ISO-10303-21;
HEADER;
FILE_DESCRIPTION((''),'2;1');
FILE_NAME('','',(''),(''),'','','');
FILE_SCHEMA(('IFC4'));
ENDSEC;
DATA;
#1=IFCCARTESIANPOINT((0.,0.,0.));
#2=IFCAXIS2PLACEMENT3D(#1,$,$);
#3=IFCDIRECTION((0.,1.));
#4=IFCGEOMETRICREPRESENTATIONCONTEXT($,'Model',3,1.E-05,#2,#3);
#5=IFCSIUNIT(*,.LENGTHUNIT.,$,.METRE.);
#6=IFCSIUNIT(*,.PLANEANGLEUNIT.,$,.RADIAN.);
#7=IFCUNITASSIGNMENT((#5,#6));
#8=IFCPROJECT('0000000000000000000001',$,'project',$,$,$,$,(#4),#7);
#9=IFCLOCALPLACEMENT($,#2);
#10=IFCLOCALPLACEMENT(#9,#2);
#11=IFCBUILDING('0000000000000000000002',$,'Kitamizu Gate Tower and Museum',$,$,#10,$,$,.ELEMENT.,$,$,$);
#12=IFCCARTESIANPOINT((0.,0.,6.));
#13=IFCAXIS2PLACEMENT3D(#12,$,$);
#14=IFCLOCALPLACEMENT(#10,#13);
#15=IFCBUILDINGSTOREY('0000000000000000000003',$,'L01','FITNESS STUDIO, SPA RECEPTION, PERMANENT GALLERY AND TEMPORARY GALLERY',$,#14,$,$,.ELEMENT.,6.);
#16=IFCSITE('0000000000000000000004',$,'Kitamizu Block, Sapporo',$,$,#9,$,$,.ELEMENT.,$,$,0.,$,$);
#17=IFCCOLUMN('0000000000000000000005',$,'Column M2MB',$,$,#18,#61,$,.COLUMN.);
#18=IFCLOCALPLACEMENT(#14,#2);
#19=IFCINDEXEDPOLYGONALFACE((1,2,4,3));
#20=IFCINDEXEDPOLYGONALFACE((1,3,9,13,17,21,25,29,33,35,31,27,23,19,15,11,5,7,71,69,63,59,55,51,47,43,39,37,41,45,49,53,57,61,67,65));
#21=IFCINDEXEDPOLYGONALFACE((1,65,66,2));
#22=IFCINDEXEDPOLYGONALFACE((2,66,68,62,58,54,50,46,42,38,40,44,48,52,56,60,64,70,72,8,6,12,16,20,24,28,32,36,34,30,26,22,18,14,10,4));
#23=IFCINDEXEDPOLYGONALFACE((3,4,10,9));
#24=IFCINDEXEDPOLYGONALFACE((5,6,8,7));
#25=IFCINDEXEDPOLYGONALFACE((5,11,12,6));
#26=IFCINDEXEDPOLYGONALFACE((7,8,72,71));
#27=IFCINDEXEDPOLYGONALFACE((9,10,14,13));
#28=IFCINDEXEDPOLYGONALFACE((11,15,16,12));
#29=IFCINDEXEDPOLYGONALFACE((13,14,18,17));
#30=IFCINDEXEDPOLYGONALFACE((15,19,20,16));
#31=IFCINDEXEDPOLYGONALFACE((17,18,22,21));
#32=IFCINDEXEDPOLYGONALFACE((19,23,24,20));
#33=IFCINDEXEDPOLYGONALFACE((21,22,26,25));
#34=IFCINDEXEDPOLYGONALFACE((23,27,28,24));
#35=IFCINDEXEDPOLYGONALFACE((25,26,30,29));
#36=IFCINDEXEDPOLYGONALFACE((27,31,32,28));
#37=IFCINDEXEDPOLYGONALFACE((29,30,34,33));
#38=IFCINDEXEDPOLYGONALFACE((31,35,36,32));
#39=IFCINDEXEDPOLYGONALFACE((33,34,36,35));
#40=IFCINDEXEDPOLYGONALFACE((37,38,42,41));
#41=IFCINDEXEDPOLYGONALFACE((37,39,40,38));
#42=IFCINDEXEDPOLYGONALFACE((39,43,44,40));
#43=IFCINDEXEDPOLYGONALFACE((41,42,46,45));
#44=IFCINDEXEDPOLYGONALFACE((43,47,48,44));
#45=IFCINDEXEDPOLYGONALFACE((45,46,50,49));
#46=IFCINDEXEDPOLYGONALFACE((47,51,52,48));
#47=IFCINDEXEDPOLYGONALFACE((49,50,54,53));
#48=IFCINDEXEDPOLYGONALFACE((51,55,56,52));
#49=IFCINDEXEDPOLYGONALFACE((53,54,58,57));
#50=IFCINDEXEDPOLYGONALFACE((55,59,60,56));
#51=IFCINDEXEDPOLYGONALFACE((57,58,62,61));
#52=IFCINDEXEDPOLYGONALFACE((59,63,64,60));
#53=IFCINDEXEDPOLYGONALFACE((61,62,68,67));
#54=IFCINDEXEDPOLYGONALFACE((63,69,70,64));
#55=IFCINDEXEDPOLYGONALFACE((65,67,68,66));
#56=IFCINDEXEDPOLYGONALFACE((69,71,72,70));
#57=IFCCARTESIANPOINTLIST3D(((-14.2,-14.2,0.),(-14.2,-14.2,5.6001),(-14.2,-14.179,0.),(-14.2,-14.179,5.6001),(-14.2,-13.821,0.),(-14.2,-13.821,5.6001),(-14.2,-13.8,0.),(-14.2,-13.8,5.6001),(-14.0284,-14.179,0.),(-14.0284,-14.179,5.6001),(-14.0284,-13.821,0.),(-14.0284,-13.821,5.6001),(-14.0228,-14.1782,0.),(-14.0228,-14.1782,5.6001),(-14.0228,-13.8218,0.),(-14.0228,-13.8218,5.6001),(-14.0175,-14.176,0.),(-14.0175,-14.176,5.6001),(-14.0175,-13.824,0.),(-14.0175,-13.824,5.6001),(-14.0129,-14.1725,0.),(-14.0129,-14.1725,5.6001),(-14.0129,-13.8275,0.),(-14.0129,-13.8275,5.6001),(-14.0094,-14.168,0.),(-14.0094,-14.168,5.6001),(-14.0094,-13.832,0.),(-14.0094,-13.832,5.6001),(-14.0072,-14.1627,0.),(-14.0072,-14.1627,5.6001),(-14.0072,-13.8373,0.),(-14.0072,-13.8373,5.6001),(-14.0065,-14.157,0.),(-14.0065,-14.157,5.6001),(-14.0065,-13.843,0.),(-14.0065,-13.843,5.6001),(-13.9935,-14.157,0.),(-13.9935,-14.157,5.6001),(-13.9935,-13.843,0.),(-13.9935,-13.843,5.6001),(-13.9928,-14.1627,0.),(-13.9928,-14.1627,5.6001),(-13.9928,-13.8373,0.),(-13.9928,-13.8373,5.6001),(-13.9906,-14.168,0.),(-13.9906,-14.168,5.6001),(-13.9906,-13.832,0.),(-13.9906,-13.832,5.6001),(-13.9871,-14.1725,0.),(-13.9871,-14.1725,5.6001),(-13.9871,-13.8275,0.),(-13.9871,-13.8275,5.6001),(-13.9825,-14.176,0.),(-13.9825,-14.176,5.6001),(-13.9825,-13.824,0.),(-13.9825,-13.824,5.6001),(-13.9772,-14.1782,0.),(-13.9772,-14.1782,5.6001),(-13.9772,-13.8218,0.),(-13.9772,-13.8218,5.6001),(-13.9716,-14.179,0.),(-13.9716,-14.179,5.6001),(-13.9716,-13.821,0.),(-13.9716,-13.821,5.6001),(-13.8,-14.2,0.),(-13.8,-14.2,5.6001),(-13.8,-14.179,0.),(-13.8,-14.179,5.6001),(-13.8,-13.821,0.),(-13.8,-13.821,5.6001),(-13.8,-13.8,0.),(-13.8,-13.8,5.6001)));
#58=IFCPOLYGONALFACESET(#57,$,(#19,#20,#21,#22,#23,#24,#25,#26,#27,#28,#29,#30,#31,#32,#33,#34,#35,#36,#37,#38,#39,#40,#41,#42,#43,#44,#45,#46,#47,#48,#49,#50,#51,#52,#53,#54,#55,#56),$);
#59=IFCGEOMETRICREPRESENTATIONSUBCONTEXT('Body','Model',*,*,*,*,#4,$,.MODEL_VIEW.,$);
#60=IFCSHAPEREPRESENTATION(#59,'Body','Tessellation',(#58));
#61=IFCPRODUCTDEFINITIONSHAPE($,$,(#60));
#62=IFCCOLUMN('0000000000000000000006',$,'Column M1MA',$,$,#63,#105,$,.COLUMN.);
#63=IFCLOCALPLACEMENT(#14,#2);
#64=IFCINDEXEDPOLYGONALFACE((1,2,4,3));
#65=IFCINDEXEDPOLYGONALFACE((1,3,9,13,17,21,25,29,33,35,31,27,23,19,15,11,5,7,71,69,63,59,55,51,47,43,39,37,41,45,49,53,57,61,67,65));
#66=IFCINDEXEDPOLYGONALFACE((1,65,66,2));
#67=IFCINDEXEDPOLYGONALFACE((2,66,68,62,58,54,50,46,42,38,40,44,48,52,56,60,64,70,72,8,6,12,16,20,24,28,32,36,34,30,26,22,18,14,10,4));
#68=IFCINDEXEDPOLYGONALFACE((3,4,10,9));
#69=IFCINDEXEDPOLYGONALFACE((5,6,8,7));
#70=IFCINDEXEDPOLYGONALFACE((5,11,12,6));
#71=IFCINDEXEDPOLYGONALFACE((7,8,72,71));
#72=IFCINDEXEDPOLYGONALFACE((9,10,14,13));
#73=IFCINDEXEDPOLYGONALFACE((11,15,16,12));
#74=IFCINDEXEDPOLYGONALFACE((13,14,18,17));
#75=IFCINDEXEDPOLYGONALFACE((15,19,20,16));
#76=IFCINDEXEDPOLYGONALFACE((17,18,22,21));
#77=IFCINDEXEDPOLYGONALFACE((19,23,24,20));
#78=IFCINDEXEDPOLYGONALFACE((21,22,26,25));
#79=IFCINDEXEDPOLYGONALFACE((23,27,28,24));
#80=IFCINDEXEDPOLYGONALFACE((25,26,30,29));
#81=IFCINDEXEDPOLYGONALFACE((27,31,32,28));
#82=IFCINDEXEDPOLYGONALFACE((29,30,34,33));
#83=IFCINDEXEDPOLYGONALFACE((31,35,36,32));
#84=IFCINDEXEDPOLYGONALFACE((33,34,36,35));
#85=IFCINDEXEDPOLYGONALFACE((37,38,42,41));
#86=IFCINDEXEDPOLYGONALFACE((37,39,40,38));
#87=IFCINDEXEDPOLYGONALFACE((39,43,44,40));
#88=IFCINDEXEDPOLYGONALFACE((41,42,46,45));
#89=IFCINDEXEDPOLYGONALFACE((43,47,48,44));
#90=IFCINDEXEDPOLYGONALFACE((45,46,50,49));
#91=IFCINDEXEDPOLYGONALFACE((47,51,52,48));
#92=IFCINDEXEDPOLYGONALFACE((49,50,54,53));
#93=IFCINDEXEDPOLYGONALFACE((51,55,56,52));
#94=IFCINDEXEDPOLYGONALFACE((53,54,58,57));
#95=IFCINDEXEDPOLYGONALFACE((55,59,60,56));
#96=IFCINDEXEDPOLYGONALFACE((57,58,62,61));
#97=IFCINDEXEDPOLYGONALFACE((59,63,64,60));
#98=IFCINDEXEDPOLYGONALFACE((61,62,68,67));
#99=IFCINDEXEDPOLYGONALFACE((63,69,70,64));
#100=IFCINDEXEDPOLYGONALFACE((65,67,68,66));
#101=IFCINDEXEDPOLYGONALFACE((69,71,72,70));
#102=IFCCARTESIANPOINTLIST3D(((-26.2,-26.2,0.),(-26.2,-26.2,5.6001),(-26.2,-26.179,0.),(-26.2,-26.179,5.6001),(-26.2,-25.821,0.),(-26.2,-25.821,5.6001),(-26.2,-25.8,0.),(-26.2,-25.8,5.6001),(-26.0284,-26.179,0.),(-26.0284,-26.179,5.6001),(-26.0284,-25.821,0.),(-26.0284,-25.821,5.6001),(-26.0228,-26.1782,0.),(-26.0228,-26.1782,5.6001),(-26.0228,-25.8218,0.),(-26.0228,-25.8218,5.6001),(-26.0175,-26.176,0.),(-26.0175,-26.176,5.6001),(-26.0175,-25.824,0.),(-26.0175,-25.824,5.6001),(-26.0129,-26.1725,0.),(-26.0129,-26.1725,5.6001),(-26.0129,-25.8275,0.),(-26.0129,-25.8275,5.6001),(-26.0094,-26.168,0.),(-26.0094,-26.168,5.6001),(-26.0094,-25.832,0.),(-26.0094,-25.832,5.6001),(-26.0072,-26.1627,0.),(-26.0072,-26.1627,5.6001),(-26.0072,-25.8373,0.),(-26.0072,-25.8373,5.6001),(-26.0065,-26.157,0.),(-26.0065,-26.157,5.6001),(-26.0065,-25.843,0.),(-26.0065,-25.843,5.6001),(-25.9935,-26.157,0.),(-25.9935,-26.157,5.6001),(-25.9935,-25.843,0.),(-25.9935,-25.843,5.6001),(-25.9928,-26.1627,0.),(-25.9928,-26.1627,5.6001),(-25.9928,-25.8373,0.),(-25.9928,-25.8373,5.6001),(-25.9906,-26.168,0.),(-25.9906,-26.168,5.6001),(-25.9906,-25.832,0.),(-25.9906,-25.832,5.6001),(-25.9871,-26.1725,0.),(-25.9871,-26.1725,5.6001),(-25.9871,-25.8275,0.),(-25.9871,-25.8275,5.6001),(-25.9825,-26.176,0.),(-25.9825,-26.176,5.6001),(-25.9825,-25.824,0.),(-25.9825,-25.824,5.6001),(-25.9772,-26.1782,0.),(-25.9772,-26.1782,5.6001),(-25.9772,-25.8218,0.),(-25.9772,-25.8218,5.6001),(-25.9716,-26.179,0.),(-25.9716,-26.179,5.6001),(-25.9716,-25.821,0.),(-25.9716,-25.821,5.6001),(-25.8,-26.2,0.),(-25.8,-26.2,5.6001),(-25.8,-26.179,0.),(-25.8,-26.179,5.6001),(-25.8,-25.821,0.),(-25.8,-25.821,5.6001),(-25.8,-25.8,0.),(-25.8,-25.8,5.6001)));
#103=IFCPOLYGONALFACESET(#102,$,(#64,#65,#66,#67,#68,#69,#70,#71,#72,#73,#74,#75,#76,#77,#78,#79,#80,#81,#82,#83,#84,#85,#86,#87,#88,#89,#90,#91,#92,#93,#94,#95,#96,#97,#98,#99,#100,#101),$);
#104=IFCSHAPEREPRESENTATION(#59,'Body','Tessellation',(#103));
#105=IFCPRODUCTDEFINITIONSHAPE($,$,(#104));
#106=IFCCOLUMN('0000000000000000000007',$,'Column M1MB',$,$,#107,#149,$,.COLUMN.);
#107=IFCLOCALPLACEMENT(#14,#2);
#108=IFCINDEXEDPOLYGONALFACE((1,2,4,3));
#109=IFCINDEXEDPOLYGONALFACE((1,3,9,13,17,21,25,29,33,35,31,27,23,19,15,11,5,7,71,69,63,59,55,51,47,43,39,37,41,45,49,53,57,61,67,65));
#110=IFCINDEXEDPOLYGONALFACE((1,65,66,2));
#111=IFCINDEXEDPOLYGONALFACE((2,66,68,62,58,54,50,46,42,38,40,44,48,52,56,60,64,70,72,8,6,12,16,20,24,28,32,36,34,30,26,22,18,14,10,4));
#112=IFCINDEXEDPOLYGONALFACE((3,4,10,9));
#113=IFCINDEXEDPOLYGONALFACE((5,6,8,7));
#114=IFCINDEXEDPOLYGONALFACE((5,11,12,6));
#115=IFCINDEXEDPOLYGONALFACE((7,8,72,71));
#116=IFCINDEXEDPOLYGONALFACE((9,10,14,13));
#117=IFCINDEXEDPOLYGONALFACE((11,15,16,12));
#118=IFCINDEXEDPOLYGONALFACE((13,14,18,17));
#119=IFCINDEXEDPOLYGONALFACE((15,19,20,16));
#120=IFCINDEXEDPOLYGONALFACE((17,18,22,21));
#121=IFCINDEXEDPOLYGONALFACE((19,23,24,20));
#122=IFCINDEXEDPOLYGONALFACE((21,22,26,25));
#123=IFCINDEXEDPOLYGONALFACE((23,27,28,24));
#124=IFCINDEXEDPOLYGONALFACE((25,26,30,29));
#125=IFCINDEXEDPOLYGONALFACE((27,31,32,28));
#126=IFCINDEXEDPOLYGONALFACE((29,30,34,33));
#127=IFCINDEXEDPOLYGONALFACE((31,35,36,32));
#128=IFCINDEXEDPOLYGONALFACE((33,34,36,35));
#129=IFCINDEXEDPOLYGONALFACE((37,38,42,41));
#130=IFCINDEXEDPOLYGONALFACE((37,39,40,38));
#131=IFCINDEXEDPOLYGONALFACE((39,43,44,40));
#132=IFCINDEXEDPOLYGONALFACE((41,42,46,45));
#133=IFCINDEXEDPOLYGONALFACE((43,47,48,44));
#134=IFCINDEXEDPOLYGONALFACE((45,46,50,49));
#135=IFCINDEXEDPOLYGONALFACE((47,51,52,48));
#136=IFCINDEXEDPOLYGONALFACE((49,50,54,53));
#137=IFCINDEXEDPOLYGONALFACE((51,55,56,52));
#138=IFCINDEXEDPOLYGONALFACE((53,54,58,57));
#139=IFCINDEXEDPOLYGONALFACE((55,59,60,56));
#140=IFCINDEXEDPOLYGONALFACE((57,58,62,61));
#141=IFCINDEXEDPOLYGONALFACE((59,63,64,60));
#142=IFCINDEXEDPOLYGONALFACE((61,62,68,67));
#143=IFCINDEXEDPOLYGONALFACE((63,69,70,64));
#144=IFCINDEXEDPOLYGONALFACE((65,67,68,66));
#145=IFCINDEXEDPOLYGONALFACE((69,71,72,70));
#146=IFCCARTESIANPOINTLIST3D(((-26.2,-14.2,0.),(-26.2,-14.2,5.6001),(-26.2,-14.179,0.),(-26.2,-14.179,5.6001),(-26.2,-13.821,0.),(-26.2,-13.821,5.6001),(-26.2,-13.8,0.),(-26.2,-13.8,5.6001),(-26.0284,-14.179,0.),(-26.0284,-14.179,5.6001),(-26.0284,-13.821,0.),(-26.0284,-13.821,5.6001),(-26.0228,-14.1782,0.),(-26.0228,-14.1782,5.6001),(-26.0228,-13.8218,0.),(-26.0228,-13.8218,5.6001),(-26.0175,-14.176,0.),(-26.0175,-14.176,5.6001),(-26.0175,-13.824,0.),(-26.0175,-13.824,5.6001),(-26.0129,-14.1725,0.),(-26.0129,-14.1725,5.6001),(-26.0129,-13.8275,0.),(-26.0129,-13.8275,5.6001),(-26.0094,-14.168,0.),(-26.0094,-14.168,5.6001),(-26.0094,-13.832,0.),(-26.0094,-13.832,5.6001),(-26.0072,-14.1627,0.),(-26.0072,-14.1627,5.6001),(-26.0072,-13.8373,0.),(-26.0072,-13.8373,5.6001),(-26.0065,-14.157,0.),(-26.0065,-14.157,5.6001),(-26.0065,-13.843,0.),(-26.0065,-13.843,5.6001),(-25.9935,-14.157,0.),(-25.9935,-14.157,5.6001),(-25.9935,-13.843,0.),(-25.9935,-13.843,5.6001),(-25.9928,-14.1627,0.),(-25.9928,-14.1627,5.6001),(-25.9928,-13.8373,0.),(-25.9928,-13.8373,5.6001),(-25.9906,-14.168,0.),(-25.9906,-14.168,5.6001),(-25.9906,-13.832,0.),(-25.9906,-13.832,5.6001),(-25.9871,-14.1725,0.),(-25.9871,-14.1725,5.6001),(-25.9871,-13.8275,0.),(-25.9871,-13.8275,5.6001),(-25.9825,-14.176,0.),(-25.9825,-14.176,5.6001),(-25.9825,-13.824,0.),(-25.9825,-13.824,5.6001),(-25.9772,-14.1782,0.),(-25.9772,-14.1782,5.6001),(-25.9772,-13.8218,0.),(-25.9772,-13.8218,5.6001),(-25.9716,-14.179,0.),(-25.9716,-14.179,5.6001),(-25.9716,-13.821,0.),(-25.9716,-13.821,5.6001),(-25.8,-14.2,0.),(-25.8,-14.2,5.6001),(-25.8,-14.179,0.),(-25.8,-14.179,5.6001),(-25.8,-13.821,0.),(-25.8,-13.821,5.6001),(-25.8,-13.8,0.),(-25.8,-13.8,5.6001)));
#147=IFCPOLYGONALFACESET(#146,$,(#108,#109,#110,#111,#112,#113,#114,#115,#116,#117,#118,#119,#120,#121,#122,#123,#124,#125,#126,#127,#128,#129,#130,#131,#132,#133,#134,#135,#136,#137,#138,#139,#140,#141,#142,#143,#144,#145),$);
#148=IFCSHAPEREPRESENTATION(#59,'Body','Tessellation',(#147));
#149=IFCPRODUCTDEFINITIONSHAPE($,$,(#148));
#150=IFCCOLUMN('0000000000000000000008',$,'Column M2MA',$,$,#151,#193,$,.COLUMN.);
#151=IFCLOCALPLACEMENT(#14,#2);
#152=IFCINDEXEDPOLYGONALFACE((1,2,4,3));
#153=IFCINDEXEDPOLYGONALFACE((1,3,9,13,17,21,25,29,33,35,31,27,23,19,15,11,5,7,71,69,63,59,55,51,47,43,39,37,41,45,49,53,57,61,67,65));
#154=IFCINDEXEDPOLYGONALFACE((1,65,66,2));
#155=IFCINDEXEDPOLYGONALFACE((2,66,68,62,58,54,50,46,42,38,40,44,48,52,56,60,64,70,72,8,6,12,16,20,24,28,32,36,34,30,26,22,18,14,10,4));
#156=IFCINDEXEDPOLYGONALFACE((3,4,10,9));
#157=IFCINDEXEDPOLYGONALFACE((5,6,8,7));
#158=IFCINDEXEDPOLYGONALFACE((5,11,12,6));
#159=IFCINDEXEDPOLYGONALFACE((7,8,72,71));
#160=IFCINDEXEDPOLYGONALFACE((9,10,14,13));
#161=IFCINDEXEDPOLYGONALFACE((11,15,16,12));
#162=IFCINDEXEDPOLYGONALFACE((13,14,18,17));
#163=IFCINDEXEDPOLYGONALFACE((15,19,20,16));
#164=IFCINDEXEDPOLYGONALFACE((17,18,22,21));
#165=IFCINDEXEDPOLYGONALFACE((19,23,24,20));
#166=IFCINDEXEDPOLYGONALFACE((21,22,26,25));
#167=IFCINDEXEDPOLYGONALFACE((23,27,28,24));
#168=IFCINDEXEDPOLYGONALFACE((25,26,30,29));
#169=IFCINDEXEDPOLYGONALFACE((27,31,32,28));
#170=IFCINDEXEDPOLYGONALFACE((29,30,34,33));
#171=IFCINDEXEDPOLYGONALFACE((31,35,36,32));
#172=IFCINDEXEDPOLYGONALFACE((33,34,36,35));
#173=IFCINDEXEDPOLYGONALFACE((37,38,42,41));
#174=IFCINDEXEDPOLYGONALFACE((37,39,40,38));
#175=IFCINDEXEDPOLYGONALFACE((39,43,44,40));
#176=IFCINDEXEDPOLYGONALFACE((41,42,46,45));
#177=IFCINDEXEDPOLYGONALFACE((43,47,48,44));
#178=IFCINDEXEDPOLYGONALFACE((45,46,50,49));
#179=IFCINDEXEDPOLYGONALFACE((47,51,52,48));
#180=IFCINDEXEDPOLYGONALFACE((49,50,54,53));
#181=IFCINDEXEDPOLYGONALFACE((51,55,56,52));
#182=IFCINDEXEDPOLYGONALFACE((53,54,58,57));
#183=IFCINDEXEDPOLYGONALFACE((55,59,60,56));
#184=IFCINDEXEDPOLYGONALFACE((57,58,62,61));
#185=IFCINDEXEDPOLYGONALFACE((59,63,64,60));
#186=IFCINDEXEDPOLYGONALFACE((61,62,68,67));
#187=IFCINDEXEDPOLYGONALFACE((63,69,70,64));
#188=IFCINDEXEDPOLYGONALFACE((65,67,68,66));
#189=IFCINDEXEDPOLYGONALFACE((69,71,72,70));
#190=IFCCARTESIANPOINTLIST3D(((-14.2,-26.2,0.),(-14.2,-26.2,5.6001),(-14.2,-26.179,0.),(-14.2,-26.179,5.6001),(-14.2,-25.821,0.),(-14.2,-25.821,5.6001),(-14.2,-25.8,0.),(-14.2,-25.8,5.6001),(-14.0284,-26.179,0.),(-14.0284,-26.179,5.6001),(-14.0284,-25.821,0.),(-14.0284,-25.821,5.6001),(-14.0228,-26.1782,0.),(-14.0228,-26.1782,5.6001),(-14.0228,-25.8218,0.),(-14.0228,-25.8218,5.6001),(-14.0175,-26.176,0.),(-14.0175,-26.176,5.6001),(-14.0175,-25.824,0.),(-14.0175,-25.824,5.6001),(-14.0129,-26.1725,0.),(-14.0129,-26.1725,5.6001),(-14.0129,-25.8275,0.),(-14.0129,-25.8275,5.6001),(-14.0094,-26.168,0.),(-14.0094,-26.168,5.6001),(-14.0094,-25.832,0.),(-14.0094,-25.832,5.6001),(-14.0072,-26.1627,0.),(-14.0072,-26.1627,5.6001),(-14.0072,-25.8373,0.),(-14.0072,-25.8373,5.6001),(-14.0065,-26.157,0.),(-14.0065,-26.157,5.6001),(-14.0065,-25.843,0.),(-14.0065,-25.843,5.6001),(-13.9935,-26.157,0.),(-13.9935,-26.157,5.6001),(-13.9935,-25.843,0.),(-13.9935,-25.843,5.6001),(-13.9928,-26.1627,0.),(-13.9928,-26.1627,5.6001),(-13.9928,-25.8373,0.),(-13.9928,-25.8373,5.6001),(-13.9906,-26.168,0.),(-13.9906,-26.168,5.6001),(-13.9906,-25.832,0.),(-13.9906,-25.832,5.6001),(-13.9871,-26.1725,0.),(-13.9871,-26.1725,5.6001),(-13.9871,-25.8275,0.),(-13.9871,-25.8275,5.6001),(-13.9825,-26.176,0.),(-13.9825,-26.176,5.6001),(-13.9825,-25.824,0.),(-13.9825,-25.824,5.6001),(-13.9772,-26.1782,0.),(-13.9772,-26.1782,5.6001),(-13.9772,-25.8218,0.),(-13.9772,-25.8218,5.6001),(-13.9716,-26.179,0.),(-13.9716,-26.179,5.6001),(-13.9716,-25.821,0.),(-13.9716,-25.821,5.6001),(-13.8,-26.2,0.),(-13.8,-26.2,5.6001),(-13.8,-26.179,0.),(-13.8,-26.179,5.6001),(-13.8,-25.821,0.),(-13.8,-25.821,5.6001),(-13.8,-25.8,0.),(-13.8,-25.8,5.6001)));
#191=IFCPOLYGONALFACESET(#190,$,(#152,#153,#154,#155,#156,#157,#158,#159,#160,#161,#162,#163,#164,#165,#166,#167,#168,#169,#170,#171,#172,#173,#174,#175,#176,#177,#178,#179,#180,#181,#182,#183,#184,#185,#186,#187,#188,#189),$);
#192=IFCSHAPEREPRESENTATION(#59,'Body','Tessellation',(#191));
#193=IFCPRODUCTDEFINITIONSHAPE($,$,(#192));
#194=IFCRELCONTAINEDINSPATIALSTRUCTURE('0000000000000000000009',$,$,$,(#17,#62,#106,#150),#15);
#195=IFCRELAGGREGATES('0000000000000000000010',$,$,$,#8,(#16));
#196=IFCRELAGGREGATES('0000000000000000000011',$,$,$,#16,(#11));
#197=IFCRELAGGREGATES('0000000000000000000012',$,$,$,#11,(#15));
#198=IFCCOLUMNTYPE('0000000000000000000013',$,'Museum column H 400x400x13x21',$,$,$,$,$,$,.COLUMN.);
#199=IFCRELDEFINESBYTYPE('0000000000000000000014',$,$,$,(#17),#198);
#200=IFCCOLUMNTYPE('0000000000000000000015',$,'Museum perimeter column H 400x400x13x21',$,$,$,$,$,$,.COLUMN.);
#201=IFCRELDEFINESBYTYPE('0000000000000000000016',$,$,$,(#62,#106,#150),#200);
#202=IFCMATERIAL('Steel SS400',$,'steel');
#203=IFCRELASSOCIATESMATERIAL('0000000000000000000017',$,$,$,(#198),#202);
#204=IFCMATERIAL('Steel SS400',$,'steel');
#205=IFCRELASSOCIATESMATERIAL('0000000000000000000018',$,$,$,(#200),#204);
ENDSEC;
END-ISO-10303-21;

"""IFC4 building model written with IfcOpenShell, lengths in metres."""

from ifc_helpers import new_model, si_unit, direction, frame, origin, origin_2d, place, context, subcontext, project, spatial, i_section, extrude, material, material_profile, profile_set, type_object, element, save


model = new_model("IFC4")

# Units and contexts
model_context = context("Model", 3, precision=1e-05, world=origin(), true_north=direction((0.0, 1.0)))
body_context = subcontext(model_context, "Body", "Model", "MODEL_VIEW")
ifc_project = project(units=[si_unit("LENGTHUNIT", "METRE"), si_unit("PLANEANGLEUNIT", "RADIAN")], contexts=[model_context])

# Site, building, storey
site_placement = place(None, origin())
site = spatial("IfcSite", under=ifc_project, at=site_placement, Name="Kitamizu Block, Sapporo", CompositionType="ELEMENT", RefElevation=0.0)
building_placement = place(site_placement, origin())
building = spatial("IfcBuilding", under=site, at=building_placement, Name="Kitamizu Gate Tower and Museum", CompositionType="ELEMENT")
storey_placement = place(building_placement, frame((0.0, 0.0, 6.0)))
storey = spatial("IfcBuildingStorey", under=building, at=storey_placement, Name="L01", Description="FITNESS STUDIO, SPA RECEPTION, PERMANENT GALLERY AND TEMPORARY GALLERY", CompositionType="ELEMENT", Elevation=6.0)

# Columns
ifc_material_1 = material(Name="Steel SS400", Category="steel")
ifc_material_profile_1 = material_profile(ifc_material_1, i_section(OverallWidth=0.3999, OverallDepth=0.3999, WebThickness=0.0129, FlangeThickness=0.021, FilletRadius=0.022, at=origin_2d()), Name="H-400x400x13x21")
ifc_profile_set_1 = profile_set([ifc_material_profile_1], Name="Steel SS400")
column_type_1 = type_object("IfcColumnType", Name="Museum column H 400x400x13x21", PredefinedType="COLUMN", material=ifc_profile_set_1)
column_placement = place(storey_placement, frame((-14.0, -14.0, 0.0), z_axis=(0.0, 0.0, 1.0), x_axis=(1.0, 0.0, 0.0)))
element("IfcColumn", 1, at=column_placement, inside=storey, type_object=column_type_1, Name="Column M2MB", PredefinedType="COLUMN", context=body_context, shape_type="SweptSolid", body=[
    extrude(i_section(OverallWidth=0.3999, OverallDepth=0.3999, WebThickness=0.0129, FlangeThickness=0.021, FilletRadius=0.022, at=origin_2d()), origin(), (0.0, 0.0, 1.0), 5.6001),
])
ifc_material_2 = material(Name="Steel SS400", Category="steel")
ifc_material_profile_2 = material_profile(ifc_material_2, i_section(OverallWidth=0.3999, OverallDepth=0.3999, WebThickness=0.0129, FlangeThickness=0.021, FilletRadius=0.022, at=origin_2d()), Name="H-400x400x13x21")
ifc_profile_set_2 = profile_set([ifc_material_profile_2], Name="Steel SS400")
column_type_2 = type_object("IfcColumnType", Name="Museum perimeter column H 400x400x13x21", PredefinedType="COLUMN", material=ifc_profile_set_2)
for number, where, z_axis, x_axis, name in (
    (2, (-26.0, -26.0, 0.0), (0.0, 0.0, 1.0), (1.0, 0.0, 0.0), "Column M1MA"),
    (3, (-26.0, -14.0, 0.0), (0.0, 0.0, 1.0), (1.0, 0.0, 0.0), "Column M1MB"),
    (4, (-14.0, -26.0, 0.0), (0.0, 0.0, 1.0), (1.0, 0.0, 0.0), "Column M2MA"),
):
    element("IfcColumn", number, at=place(storey_placement, frame(where, z_axis=z_axis, x_axis=x_axis)), inside=storey, type_object=column_type_2, Name=name, PredefinedType="COLUMN", context=body_context, shape_type="SweptSolid", body=[
        extrude(i_section(OverallWidth=0.3999, OverallDepth=0.3999, WebThickness=0.0129, FlangeThickness=0.021, FilletRadius=0.022, at=origin_2d()), origin(), (0.0, 0.0, 1.0), 5.6001),
    ])

save(model, "model.ifc")
